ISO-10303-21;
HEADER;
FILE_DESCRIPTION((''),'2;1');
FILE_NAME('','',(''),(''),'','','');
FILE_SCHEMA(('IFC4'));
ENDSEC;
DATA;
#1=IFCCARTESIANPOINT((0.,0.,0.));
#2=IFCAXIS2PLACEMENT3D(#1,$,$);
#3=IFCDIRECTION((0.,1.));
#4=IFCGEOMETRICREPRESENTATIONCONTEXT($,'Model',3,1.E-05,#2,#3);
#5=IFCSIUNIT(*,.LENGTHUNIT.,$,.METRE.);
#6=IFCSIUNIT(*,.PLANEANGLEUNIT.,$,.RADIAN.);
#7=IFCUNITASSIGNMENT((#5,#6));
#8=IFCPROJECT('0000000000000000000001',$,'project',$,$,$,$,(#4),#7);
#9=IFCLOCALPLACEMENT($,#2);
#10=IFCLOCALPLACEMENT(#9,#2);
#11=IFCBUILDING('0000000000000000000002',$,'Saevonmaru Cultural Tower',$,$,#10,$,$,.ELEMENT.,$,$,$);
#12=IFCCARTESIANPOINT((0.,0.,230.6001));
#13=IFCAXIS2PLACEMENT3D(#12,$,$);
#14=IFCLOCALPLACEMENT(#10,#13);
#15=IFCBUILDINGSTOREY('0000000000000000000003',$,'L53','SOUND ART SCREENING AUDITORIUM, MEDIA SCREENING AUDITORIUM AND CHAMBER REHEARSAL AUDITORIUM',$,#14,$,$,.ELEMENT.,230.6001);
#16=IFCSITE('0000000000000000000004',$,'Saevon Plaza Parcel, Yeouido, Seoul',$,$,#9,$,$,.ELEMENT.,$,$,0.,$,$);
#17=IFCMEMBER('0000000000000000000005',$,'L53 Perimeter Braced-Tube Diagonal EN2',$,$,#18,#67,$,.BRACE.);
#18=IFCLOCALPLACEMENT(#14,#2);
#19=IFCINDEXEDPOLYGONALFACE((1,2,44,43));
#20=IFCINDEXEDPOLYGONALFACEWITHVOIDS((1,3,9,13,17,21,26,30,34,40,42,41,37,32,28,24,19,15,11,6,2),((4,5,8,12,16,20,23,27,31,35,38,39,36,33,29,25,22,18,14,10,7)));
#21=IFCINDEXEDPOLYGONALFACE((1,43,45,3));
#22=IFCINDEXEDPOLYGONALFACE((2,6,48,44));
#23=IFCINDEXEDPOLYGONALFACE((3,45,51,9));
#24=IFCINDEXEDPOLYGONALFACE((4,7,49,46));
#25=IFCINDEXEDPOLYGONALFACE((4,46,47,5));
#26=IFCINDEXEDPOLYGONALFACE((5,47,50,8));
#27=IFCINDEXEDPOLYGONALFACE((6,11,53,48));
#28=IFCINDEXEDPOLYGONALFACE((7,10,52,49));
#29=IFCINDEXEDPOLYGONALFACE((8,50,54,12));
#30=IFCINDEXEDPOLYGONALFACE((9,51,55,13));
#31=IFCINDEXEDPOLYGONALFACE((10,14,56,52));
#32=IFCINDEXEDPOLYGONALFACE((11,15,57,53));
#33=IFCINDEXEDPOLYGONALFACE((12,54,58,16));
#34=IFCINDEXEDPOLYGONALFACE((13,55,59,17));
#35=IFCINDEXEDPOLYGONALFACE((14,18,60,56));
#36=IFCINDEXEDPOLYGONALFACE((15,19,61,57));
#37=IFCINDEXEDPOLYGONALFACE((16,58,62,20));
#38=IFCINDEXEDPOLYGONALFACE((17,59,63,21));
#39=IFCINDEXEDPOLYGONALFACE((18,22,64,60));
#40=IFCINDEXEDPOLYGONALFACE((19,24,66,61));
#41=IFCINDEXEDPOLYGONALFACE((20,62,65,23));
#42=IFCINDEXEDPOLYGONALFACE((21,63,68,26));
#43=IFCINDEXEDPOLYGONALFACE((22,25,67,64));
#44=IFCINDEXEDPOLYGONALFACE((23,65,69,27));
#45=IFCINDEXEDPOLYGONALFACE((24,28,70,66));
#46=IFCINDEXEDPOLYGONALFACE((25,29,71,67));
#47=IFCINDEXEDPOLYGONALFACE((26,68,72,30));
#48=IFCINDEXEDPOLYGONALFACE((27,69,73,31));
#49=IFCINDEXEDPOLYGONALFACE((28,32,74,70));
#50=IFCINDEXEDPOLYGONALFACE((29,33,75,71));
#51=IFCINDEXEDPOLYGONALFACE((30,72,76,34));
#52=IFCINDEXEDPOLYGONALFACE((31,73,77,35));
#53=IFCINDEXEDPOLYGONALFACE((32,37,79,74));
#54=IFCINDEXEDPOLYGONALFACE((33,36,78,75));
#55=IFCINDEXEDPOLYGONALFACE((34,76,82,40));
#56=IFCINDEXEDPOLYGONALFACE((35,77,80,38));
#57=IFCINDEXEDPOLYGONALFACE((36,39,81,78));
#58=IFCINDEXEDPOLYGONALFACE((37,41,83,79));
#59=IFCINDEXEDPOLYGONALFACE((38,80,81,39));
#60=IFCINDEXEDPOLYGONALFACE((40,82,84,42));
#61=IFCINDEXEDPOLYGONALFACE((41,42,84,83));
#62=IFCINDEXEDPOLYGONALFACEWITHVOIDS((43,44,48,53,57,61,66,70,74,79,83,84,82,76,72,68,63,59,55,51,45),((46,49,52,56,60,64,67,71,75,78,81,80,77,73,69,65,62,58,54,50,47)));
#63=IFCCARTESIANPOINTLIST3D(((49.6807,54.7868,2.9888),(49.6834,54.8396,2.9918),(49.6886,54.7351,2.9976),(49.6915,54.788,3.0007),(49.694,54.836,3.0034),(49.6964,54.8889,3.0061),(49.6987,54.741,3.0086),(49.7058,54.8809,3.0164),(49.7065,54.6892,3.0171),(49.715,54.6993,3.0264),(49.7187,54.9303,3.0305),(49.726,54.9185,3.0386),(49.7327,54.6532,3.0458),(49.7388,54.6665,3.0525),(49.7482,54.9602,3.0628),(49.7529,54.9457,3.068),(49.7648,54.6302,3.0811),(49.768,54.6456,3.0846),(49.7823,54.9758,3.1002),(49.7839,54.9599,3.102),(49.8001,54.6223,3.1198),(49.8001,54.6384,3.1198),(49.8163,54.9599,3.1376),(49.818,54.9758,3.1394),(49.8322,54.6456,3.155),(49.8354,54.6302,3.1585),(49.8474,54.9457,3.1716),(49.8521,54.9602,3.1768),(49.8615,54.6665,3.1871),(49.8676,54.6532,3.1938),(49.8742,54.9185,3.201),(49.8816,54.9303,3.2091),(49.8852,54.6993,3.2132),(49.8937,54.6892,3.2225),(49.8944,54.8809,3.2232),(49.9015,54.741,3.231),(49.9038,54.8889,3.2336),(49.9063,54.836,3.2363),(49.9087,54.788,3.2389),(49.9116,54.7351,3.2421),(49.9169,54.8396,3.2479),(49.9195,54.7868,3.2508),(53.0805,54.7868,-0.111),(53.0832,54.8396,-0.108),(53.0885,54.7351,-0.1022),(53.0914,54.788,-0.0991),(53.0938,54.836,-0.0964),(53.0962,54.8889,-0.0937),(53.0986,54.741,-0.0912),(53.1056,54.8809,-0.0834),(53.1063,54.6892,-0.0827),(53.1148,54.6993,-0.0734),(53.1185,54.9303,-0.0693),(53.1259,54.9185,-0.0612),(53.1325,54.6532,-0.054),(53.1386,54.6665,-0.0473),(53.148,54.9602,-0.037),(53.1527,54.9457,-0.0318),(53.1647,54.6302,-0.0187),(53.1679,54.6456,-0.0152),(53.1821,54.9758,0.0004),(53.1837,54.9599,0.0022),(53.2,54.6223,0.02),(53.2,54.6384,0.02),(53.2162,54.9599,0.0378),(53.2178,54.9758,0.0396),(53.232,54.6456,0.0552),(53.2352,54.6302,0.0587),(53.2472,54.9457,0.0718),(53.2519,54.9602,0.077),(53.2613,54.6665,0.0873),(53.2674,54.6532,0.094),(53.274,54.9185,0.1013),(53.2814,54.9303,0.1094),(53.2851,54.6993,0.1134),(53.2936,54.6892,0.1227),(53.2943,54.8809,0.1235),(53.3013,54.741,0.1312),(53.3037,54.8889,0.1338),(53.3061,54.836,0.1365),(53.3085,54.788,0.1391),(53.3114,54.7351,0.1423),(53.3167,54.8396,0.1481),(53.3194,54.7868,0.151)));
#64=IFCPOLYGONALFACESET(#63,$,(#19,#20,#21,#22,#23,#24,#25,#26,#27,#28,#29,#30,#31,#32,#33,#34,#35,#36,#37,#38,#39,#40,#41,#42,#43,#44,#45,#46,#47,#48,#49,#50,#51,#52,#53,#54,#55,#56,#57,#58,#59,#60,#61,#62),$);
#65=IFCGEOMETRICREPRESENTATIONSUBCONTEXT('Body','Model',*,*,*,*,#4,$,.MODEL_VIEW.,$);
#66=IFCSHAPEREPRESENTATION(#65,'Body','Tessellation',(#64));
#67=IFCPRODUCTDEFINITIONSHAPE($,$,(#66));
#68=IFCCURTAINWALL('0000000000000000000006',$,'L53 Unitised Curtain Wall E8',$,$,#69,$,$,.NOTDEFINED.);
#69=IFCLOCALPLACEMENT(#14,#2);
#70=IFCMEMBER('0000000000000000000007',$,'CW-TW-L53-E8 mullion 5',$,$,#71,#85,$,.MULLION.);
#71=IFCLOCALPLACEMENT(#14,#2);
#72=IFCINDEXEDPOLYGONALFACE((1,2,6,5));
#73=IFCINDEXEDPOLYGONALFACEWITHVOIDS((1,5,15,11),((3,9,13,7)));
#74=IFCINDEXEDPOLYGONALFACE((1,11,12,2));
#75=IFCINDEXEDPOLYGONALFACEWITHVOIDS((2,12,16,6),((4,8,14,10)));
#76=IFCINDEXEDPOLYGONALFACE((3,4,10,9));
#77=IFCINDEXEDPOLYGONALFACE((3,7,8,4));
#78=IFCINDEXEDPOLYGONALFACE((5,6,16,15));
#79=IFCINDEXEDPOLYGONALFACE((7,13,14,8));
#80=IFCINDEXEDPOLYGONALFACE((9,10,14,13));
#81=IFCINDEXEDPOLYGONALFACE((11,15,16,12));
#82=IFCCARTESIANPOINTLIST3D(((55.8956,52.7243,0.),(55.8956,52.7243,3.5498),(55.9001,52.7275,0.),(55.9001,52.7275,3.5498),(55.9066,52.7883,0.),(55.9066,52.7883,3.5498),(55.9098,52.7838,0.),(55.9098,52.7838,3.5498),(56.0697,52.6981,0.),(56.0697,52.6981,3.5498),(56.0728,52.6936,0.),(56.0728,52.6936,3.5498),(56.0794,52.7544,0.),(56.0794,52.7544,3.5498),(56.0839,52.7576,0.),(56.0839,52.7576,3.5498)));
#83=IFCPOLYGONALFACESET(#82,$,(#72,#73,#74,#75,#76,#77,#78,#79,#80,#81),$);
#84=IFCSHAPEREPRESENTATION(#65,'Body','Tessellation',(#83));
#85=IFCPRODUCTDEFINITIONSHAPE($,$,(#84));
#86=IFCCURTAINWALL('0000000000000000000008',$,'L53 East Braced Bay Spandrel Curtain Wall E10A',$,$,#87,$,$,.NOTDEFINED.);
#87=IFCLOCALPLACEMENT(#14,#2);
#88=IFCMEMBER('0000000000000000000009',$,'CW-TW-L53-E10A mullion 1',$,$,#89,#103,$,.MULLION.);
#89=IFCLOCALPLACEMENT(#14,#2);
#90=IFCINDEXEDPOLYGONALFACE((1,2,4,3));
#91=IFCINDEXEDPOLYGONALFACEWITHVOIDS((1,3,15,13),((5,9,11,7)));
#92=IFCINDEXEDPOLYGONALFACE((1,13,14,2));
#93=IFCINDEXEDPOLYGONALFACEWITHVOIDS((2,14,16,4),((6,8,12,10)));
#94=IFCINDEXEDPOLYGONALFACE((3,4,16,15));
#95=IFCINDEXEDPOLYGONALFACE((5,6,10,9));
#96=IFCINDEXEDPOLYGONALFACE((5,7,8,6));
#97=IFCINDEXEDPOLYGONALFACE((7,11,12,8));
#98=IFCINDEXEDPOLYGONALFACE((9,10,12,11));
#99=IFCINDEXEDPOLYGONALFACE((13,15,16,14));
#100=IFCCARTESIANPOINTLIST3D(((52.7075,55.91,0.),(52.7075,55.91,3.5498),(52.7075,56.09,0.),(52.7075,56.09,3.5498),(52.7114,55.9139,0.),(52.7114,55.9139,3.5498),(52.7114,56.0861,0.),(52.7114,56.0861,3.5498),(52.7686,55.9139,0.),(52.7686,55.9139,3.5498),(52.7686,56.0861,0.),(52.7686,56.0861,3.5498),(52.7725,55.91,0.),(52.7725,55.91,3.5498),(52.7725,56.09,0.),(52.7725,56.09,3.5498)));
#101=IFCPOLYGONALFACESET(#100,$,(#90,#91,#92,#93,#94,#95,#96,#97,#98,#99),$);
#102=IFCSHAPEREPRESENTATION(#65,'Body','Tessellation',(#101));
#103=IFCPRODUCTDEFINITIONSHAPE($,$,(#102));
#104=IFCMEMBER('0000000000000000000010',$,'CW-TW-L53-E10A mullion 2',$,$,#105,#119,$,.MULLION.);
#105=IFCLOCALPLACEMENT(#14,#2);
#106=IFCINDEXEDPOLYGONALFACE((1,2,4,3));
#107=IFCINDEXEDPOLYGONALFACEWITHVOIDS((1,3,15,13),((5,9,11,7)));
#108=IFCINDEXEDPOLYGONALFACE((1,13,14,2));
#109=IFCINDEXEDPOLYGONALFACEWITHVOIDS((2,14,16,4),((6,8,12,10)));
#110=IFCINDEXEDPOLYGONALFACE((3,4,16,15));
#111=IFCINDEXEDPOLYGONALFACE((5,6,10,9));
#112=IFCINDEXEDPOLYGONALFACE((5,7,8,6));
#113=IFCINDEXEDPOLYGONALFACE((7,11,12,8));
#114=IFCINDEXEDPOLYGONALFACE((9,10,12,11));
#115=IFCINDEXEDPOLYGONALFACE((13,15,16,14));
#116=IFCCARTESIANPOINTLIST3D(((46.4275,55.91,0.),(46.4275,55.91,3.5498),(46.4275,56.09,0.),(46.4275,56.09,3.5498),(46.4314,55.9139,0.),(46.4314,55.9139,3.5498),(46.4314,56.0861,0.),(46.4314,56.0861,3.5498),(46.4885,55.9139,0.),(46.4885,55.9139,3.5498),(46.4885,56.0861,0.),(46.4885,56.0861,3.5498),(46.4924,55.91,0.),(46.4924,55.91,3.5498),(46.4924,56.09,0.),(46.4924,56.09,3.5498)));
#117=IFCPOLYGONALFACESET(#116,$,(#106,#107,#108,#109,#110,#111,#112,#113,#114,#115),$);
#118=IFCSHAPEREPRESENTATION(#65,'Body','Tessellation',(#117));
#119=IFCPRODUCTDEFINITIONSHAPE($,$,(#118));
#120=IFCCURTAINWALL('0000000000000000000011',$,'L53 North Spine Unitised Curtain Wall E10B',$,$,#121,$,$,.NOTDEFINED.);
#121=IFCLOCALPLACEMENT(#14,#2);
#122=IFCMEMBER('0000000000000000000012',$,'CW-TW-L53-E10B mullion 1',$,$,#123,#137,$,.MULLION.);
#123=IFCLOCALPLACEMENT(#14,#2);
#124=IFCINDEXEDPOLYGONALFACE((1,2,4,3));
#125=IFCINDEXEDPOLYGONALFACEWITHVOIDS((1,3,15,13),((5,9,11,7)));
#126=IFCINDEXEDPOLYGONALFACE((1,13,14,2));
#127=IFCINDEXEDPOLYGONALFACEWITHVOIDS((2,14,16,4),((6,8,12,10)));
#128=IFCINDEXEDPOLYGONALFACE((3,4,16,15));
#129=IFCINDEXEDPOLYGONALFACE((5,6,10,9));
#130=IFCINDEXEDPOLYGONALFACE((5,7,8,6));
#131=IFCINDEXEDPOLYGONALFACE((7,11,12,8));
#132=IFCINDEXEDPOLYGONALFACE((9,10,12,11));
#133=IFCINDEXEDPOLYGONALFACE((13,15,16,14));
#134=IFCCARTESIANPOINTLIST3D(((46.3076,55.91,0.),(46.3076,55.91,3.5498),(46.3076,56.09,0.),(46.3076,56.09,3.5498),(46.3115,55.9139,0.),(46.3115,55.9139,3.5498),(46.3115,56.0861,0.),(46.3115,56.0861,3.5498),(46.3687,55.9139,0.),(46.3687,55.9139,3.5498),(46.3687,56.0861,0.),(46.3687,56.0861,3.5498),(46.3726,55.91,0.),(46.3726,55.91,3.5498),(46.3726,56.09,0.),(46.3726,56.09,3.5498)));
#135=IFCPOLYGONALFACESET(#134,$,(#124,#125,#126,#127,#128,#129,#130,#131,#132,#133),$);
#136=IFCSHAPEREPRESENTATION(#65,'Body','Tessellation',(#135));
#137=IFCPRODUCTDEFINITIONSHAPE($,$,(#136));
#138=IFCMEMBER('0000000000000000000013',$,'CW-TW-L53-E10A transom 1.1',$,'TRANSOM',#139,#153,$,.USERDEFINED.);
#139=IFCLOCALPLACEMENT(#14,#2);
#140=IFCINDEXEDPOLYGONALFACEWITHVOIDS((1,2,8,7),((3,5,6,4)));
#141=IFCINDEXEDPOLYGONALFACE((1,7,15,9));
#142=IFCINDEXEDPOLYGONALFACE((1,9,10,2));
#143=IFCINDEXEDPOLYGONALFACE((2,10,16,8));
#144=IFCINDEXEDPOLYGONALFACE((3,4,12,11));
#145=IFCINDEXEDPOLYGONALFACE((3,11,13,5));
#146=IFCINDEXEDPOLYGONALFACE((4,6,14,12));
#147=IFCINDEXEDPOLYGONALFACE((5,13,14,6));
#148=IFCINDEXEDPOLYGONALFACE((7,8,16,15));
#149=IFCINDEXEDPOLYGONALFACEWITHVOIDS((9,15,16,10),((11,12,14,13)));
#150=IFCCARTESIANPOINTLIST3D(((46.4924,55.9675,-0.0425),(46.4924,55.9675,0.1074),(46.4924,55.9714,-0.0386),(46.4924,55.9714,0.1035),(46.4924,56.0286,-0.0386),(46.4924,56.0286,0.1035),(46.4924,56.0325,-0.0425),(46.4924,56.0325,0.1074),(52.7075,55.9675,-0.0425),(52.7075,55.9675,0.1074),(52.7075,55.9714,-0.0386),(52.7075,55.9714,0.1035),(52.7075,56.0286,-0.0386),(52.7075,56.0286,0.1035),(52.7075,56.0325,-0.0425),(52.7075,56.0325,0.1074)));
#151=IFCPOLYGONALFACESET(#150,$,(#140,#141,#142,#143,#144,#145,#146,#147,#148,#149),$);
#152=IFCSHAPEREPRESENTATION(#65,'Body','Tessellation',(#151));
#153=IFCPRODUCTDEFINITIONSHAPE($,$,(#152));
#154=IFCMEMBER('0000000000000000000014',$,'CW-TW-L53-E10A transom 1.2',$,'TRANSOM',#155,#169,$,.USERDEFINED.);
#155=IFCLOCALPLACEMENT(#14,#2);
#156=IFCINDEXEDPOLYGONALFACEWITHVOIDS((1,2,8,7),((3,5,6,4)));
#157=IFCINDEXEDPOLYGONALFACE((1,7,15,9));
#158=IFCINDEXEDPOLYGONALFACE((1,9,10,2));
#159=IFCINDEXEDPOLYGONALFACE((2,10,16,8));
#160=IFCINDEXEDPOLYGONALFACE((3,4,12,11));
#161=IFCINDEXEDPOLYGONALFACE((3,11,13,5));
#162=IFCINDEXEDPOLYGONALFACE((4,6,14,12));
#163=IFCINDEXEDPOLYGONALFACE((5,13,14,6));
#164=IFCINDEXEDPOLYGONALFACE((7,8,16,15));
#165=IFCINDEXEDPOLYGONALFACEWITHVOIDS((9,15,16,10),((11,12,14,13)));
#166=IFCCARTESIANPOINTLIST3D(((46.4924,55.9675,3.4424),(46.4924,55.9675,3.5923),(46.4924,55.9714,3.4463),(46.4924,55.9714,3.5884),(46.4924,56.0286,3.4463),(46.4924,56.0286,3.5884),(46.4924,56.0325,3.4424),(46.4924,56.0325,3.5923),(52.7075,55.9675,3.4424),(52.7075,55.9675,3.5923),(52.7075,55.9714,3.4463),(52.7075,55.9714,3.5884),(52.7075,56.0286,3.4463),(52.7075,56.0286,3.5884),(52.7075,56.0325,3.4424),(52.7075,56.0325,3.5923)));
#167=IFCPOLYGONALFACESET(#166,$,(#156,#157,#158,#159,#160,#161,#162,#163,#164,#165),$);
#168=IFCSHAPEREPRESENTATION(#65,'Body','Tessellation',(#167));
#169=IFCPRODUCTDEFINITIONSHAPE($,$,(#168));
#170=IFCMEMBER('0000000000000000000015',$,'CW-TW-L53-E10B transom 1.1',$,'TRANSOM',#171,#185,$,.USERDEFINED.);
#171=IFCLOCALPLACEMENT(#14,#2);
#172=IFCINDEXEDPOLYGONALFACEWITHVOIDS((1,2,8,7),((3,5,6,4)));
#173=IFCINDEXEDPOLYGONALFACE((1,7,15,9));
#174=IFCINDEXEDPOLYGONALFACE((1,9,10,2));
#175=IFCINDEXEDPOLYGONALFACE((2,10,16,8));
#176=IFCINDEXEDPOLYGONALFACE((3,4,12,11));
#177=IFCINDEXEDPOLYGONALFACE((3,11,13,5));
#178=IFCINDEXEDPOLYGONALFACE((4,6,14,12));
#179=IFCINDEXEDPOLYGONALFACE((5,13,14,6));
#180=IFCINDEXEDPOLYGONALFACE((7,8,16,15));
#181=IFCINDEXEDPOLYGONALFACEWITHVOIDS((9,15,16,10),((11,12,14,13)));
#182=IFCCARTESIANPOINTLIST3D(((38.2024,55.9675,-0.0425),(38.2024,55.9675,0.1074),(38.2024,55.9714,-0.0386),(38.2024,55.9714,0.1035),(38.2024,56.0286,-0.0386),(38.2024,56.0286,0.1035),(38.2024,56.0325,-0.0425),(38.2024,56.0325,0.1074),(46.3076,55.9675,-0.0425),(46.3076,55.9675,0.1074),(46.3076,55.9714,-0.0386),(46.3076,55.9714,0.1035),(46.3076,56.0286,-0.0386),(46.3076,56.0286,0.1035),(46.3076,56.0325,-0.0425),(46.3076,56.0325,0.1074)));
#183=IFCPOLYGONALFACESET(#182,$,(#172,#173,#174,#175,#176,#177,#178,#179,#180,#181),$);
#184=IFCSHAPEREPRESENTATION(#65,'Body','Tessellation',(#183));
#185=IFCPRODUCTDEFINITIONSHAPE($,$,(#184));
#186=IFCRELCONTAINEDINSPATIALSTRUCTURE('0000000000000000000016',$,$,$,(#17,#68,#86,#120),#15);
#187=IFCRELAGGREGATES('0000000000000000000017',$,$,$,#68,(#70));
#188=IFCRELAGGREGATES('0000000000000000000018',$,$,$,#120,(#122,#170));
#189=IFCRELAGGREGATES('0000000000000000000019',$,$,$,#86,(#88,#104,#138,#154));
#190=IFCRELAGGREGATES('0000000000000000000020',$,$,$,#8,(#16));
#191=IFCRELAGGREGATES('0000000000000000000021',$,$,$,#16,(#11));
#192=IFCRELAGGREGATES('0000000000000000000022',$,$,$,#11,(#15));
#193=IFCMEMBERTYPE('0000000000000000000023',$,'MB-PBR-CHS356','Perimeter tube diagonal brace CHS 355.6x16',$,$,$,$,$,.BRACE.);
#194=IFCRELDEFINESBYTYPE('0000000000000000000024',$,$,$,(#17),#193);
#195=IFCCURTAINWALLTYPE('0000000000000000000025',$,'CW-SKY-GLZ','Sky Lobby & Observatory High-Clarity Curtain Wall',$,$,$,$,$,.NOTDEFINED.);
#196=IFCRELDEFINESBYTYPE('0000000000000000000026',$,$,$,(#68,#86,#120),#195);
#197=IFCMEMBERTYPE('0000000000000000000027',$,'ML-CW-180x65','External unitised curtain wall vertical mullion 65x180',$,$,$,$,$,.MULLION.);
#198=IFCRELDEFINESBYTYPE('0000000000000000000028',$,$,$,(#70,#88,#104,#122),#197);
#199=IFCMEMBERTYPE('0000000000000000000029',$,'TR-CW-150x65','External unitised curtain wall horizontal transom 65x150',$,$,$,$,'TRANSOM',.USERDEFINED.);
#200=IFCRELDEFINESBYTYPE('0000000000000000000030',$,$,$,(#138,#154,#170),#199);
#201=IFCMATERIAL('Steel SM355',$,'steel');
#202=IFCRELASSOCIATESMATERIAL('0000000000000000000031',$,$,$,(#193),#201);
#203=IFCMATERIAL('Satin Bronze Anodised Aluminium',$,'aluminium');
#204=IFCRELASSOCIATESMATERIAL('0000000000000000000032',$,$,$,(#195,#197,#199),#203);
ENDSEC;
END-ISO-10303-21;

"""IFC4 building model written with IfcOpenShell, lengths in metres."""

from ifc_helpers import new_model, si_unit, direction, frame, origin, origin_2d, place, context, subcontext, project, spatial, hollow_rectangle, hollow_circle, extrude, material, material_profile, profile_set, type_object, element, aggregate, save


model = new_model("IFC4")

# Units and contexts
model_context = context("Model", 3, precision=1e-05, world=origin(), true_north=direction((0.0, 1.0)))
body_context = subcontext(model_context, "Body", "Model", "MODEL_VIEW")
ifc_project = project(units=[si_unit("LENGTHUNIT", "METRE"), si_unit("PLANEANGLEUNIT", "RADIAN")], contexts=[model_context])

# Site, building, storey
site_placement = place(None, origin())
site = spatial("IfcSite", under=ifc_project, at=site_placement, Name="Saevon Plaza Parcel, Yeouido, Seoul", CompositionType="ELEMENT", RefElevation=0.0)
building_placement = place(site_placement, origin())
building = spatial("IfcBuilding", under=site, at=building_placement, Name="Saevonmaru Cultural Tower", CompositionType="ELEMENT")
storey_placement = place(building_placement, frame((0.0, 0.0, 230.6001)))
storey = spatial("IfcBuildingStorey", under=building, at=storey_placement, Name="L53", Description="SOUND ART SCREENING AUDITORIUM, MEDIA SCREENING AUDITORIUM AND CHAMBER REHEARSAL AUDITORIUM", CompositionType="ELEMENT", Elevation=230.6001)

# Shared definitions
ifc_material_1 = material(Name="Steel SM355", Category="steel")

# Member
ifc_material_profile_1 = material_profile(ifc_material_1, hollow_circle(Radius=0.1777, WallThickness=0.0161, at=origin_2d()), Name="CHS-355.6x16")
ifc_profile_set_1 = profile_set([ifc_material_profile_1], Name="Steel SM355")
member_type_1 = type_object("IfcMemberType", Name="MB-PBR-CHS356", Description="Perimeter tube diagonal brace CHS 355.6x16", PredefinedType="BRACE", material=ifc_profile_set_1)
member_1_placement = place(storey_placement, frame((53.2, 54.8, 0.02), z_axis=(-0.738962, 0.0, 0.673747), x_axis=(0.0, -1.0, 0.0)))
element("IfcMember", 1, at=member_1_placement, inside=storey, type_object=member_type_1, Name="L53 Perimeter Braced-Tube Diagonal EN2", PredefinedType="BRACE", context=body_context, shape_type="SweptSolid", body=[
    extrude(hollow_circle(Radius=0.1777, WallThickness=0.0161, at=origin_2d()), origin(), (0.0, 0.0, 1.0), 4.6008),
])

# Curtain wall, member
ifc_material_2 = material(Name="Satin Bronze Anodised Aluminium", Category="aluminium")
curtain_wall_type = type_object("IfcCurtainWallType", Name="CW-SKY-GLZ", Description="Sky Lobby & Observatory High-Clarity Curtain Wall", PredefinedType="NOTDEFINED", material=ifc_material_2)
curtain_wall_1_placement = place(storey_placement, origin())
curtain_wall_1 = element("IfcCurtainWall", 2, at=curtain_wall_1_placement, inside=storey, type_object=curtain_wall_type, Name="L53 Unitised Curtain Wall E8", PredefinedType="NOTDEFINED")
ifc_material_profile_2 = material_profile(ifc_material_2, hollow_rectangle(XDim=0.0649, YDim=0.1799, WallThickness=0.0039, at=origin_2d()), Name="ALU-MULL-180x65x4")
ifc_profile_set_2 = profile_set([ifc_material_profile_2], Name="Satin Bronze Anodised Aluminium")
member_type_2 = type_object("IfcMemberType", Name="ML-CW-180x65", Description="External unitised curtain wall vertical mullion 65x180", PredefinedType="MULLION", material=ifc_profile_set_2)
member_2_placement = place(storey_placement, frame((55.9897, 52.741, 0.0), z_axis=(0.0, 0.0, 1.0), x_axis=(0.17079, 0.985307, 0.0)))
member_2 = element("IfcMember", 3, at=member_2_placement, type_object=member_type_2, Name="CW-TW-L53-E8 mullion 5", PredefinedType="MULLION", context=body_context, shape_type="SweptSolid", body=[
    extrude(hollow_rectangle(XDim=0.0649, YDim=0.1799, WallThickness=0.0039, at=origin_2d()), origin(), (0.0, 0.0, 1.0), 3.5498),
])
aggregate(curtain_wall_1, [member_2])

# Curtain wall, members
curtain_wall_2_placement = place(storey_placement, origin())
curtain_wall_2 = element("IfcCurtainWall", 4, at=curtain_wall_2_placement, inside=storey, type_object=curtain_wall_type, Name="L53 East Braced Bay Spandrel Curtain Wall E10A", PredefinedType="NOTDEFINED")
member_3_placement = place(storey_placement, frame((52.74, 56.0, 0.0), z_axis=(0.0, 0.0, 1.0), x_axis=(-1.0, 0.0, 0.0)))
member_3 = element("IfcMember", 5, at=member_3_placement, type_object=member_type_2, Name="CW-TW-L53-E10A mullion 1", PredefinedType="MULLION", context=body_context, shape_type="SweptSolid", body=[
    extrude(hollow_rectangle(XDim=0.0649, YDim=0.1799, WallThickness=0.0039, at=origin_2d()), origin(), (0.0, 0.0, 1.0), 3.5498),
])
member_4_placement = place(storey_placement, frame((46.46, 56.0, 0.0), z_axis=(0.0, 0.0, 1.0), x_axis=(-1.0, 0.0, 0.0)))
member_4 = element("IfcMember", 6, at=member_4_placement, type_object=member_type_2, Name="CW-TW-L53-E10A mullion 2", PredefinedType="MULLION", context=body_context, shape_type="SweptSolid", body=[
    extrude(hollow_rectangle(XDim=0.0649, YDim=0.1799, WallThickness=0.0039, at=origin_2d()), origin(), (0.0, 0.0, 1.0), 3.5498),
])

# Curtain wall, member
curtain_wall_3_placement = place(storey_placement, origin())
curtain_wall_3 = element("IfcCurtainWall", 7, at=curtain_wall_3_placement, inside=storey, type_object=curtain_wall_type, Name="L53 North Spine Unitised Curtain Wall E10B", PredefinedType="NOTDEFINED")
member_5_placement = place(storey_placement, frame((46.3401, 56.0, 0.0), z_axis=(0.0, 0.0, 1.0), x_axis=(-1.0, 0.0, 0.0)))
member_5 = element("IfcMember", 8, at=member_5_placement, type_object=member_type_2, Name="CW-TW-L53-E10B mullion 1", PredefinedType="MULLION", context=body_context, shape_type="SweptSolid", body=[
    extrude(hollow_rectangle(XDim=0.0649, YDim=0.1799, WallThickness=0.0039, at=origin_2d()), origin(), (0.0, 0.0, 1.0), 3.5498),
])

# Members
ifc_material_profile_3 = material_profile(ifc_material_2, hollow_rectangle(XDim=0.0649, YDim=0.1499, WallThickness=0.0039, at=origin_2d()), Name="ALU-TRAN-150x65x4")
ifc_profile_set_3 = profile_set([ifc_material_profile_3], Name="Satin Bronze Anodised Aluminium")
member_type_3 = type_object("IfcMemberType", Name="TR-CW-150x65", Description="External unitised curtain wall horizontal transom 65x150", ElementType="TRANSOM", PredefinedType="USERDEFINED", material=ifc_profile_set_3)
member_6_placement = place(storey_placement, frame((52.7075, 56.0, 0.0325), z_axis=(-1.0, 0.0, 0.0), x_axis=(0.0, -1.0, 0.0)))
member_6 = element("IfcMember", 9, at=member_6_placement, type_object=member_type_3, Name="CW-TW-L53-E10A transom 1.1", ObjectType="TRANSOM", PredefinedType="USERDEFINED", context=body_context, shape_type="SweptSolid", body=[
    extrude(hollow_rectangle(XDim=0.0649, YDim=0.1499, WallThickness=0.0039, at=origin_2d()), origin(), (0.0, 0.0, 1.0), 6.2151),
])
member_7_placement = place(storey_placement, frame((52.7075, 56.0, 3.5173), z_axis=(-1.0, 0.0, 0.0), x_axis=(0.0, -1.0, 0.0)))
member_7 = element("IfcMember", 10, at=member_7_placement, type_object=member_type_3, Name="CW-TW-L53-E10A transom 1.2", ObjectType="TRANSOM", PredefinedType="USERDEFINED", context=body_context, shape_type="SweptSolid", body=[
    extrude(hollow_rectangle(XDim=0.0649, YDim=0.1499, WallThickness=0.0039, at=origin_2d()), origin(), (0.0, 0.0, 1.0), 6.2151),
])
member_8_placement = place(storey_placement, frame((46.3076, 56.0, 0.0325), z_axis=(-1.0, 0.0, 0.0), x_axis=(0.0, -1.0, 0.0)))
member_8 = element("IfcMember", 11, at=member_8_placement, type_object=member_type_3, Name="CW-TW-L53-E10B transom 1.1", ObjectType="TRANSOM", PredefinedType="USERDEFINED", context=body_context, shape_type="SweptSolid", body=[
    extrude(hollow_rectangle(XDim=0.0649, YDim=0.1499, WallThickness=0.0039, at=origin_2d()), origin(), (0.0, 0.0, 1.0), 8.1052),
])
aggregate(curtain_wall_3, [member_5, member_8])

aggregate(curtain_wall_2, [member_3, member_4, member_6, member_7])

save(model, "model.ifc")
